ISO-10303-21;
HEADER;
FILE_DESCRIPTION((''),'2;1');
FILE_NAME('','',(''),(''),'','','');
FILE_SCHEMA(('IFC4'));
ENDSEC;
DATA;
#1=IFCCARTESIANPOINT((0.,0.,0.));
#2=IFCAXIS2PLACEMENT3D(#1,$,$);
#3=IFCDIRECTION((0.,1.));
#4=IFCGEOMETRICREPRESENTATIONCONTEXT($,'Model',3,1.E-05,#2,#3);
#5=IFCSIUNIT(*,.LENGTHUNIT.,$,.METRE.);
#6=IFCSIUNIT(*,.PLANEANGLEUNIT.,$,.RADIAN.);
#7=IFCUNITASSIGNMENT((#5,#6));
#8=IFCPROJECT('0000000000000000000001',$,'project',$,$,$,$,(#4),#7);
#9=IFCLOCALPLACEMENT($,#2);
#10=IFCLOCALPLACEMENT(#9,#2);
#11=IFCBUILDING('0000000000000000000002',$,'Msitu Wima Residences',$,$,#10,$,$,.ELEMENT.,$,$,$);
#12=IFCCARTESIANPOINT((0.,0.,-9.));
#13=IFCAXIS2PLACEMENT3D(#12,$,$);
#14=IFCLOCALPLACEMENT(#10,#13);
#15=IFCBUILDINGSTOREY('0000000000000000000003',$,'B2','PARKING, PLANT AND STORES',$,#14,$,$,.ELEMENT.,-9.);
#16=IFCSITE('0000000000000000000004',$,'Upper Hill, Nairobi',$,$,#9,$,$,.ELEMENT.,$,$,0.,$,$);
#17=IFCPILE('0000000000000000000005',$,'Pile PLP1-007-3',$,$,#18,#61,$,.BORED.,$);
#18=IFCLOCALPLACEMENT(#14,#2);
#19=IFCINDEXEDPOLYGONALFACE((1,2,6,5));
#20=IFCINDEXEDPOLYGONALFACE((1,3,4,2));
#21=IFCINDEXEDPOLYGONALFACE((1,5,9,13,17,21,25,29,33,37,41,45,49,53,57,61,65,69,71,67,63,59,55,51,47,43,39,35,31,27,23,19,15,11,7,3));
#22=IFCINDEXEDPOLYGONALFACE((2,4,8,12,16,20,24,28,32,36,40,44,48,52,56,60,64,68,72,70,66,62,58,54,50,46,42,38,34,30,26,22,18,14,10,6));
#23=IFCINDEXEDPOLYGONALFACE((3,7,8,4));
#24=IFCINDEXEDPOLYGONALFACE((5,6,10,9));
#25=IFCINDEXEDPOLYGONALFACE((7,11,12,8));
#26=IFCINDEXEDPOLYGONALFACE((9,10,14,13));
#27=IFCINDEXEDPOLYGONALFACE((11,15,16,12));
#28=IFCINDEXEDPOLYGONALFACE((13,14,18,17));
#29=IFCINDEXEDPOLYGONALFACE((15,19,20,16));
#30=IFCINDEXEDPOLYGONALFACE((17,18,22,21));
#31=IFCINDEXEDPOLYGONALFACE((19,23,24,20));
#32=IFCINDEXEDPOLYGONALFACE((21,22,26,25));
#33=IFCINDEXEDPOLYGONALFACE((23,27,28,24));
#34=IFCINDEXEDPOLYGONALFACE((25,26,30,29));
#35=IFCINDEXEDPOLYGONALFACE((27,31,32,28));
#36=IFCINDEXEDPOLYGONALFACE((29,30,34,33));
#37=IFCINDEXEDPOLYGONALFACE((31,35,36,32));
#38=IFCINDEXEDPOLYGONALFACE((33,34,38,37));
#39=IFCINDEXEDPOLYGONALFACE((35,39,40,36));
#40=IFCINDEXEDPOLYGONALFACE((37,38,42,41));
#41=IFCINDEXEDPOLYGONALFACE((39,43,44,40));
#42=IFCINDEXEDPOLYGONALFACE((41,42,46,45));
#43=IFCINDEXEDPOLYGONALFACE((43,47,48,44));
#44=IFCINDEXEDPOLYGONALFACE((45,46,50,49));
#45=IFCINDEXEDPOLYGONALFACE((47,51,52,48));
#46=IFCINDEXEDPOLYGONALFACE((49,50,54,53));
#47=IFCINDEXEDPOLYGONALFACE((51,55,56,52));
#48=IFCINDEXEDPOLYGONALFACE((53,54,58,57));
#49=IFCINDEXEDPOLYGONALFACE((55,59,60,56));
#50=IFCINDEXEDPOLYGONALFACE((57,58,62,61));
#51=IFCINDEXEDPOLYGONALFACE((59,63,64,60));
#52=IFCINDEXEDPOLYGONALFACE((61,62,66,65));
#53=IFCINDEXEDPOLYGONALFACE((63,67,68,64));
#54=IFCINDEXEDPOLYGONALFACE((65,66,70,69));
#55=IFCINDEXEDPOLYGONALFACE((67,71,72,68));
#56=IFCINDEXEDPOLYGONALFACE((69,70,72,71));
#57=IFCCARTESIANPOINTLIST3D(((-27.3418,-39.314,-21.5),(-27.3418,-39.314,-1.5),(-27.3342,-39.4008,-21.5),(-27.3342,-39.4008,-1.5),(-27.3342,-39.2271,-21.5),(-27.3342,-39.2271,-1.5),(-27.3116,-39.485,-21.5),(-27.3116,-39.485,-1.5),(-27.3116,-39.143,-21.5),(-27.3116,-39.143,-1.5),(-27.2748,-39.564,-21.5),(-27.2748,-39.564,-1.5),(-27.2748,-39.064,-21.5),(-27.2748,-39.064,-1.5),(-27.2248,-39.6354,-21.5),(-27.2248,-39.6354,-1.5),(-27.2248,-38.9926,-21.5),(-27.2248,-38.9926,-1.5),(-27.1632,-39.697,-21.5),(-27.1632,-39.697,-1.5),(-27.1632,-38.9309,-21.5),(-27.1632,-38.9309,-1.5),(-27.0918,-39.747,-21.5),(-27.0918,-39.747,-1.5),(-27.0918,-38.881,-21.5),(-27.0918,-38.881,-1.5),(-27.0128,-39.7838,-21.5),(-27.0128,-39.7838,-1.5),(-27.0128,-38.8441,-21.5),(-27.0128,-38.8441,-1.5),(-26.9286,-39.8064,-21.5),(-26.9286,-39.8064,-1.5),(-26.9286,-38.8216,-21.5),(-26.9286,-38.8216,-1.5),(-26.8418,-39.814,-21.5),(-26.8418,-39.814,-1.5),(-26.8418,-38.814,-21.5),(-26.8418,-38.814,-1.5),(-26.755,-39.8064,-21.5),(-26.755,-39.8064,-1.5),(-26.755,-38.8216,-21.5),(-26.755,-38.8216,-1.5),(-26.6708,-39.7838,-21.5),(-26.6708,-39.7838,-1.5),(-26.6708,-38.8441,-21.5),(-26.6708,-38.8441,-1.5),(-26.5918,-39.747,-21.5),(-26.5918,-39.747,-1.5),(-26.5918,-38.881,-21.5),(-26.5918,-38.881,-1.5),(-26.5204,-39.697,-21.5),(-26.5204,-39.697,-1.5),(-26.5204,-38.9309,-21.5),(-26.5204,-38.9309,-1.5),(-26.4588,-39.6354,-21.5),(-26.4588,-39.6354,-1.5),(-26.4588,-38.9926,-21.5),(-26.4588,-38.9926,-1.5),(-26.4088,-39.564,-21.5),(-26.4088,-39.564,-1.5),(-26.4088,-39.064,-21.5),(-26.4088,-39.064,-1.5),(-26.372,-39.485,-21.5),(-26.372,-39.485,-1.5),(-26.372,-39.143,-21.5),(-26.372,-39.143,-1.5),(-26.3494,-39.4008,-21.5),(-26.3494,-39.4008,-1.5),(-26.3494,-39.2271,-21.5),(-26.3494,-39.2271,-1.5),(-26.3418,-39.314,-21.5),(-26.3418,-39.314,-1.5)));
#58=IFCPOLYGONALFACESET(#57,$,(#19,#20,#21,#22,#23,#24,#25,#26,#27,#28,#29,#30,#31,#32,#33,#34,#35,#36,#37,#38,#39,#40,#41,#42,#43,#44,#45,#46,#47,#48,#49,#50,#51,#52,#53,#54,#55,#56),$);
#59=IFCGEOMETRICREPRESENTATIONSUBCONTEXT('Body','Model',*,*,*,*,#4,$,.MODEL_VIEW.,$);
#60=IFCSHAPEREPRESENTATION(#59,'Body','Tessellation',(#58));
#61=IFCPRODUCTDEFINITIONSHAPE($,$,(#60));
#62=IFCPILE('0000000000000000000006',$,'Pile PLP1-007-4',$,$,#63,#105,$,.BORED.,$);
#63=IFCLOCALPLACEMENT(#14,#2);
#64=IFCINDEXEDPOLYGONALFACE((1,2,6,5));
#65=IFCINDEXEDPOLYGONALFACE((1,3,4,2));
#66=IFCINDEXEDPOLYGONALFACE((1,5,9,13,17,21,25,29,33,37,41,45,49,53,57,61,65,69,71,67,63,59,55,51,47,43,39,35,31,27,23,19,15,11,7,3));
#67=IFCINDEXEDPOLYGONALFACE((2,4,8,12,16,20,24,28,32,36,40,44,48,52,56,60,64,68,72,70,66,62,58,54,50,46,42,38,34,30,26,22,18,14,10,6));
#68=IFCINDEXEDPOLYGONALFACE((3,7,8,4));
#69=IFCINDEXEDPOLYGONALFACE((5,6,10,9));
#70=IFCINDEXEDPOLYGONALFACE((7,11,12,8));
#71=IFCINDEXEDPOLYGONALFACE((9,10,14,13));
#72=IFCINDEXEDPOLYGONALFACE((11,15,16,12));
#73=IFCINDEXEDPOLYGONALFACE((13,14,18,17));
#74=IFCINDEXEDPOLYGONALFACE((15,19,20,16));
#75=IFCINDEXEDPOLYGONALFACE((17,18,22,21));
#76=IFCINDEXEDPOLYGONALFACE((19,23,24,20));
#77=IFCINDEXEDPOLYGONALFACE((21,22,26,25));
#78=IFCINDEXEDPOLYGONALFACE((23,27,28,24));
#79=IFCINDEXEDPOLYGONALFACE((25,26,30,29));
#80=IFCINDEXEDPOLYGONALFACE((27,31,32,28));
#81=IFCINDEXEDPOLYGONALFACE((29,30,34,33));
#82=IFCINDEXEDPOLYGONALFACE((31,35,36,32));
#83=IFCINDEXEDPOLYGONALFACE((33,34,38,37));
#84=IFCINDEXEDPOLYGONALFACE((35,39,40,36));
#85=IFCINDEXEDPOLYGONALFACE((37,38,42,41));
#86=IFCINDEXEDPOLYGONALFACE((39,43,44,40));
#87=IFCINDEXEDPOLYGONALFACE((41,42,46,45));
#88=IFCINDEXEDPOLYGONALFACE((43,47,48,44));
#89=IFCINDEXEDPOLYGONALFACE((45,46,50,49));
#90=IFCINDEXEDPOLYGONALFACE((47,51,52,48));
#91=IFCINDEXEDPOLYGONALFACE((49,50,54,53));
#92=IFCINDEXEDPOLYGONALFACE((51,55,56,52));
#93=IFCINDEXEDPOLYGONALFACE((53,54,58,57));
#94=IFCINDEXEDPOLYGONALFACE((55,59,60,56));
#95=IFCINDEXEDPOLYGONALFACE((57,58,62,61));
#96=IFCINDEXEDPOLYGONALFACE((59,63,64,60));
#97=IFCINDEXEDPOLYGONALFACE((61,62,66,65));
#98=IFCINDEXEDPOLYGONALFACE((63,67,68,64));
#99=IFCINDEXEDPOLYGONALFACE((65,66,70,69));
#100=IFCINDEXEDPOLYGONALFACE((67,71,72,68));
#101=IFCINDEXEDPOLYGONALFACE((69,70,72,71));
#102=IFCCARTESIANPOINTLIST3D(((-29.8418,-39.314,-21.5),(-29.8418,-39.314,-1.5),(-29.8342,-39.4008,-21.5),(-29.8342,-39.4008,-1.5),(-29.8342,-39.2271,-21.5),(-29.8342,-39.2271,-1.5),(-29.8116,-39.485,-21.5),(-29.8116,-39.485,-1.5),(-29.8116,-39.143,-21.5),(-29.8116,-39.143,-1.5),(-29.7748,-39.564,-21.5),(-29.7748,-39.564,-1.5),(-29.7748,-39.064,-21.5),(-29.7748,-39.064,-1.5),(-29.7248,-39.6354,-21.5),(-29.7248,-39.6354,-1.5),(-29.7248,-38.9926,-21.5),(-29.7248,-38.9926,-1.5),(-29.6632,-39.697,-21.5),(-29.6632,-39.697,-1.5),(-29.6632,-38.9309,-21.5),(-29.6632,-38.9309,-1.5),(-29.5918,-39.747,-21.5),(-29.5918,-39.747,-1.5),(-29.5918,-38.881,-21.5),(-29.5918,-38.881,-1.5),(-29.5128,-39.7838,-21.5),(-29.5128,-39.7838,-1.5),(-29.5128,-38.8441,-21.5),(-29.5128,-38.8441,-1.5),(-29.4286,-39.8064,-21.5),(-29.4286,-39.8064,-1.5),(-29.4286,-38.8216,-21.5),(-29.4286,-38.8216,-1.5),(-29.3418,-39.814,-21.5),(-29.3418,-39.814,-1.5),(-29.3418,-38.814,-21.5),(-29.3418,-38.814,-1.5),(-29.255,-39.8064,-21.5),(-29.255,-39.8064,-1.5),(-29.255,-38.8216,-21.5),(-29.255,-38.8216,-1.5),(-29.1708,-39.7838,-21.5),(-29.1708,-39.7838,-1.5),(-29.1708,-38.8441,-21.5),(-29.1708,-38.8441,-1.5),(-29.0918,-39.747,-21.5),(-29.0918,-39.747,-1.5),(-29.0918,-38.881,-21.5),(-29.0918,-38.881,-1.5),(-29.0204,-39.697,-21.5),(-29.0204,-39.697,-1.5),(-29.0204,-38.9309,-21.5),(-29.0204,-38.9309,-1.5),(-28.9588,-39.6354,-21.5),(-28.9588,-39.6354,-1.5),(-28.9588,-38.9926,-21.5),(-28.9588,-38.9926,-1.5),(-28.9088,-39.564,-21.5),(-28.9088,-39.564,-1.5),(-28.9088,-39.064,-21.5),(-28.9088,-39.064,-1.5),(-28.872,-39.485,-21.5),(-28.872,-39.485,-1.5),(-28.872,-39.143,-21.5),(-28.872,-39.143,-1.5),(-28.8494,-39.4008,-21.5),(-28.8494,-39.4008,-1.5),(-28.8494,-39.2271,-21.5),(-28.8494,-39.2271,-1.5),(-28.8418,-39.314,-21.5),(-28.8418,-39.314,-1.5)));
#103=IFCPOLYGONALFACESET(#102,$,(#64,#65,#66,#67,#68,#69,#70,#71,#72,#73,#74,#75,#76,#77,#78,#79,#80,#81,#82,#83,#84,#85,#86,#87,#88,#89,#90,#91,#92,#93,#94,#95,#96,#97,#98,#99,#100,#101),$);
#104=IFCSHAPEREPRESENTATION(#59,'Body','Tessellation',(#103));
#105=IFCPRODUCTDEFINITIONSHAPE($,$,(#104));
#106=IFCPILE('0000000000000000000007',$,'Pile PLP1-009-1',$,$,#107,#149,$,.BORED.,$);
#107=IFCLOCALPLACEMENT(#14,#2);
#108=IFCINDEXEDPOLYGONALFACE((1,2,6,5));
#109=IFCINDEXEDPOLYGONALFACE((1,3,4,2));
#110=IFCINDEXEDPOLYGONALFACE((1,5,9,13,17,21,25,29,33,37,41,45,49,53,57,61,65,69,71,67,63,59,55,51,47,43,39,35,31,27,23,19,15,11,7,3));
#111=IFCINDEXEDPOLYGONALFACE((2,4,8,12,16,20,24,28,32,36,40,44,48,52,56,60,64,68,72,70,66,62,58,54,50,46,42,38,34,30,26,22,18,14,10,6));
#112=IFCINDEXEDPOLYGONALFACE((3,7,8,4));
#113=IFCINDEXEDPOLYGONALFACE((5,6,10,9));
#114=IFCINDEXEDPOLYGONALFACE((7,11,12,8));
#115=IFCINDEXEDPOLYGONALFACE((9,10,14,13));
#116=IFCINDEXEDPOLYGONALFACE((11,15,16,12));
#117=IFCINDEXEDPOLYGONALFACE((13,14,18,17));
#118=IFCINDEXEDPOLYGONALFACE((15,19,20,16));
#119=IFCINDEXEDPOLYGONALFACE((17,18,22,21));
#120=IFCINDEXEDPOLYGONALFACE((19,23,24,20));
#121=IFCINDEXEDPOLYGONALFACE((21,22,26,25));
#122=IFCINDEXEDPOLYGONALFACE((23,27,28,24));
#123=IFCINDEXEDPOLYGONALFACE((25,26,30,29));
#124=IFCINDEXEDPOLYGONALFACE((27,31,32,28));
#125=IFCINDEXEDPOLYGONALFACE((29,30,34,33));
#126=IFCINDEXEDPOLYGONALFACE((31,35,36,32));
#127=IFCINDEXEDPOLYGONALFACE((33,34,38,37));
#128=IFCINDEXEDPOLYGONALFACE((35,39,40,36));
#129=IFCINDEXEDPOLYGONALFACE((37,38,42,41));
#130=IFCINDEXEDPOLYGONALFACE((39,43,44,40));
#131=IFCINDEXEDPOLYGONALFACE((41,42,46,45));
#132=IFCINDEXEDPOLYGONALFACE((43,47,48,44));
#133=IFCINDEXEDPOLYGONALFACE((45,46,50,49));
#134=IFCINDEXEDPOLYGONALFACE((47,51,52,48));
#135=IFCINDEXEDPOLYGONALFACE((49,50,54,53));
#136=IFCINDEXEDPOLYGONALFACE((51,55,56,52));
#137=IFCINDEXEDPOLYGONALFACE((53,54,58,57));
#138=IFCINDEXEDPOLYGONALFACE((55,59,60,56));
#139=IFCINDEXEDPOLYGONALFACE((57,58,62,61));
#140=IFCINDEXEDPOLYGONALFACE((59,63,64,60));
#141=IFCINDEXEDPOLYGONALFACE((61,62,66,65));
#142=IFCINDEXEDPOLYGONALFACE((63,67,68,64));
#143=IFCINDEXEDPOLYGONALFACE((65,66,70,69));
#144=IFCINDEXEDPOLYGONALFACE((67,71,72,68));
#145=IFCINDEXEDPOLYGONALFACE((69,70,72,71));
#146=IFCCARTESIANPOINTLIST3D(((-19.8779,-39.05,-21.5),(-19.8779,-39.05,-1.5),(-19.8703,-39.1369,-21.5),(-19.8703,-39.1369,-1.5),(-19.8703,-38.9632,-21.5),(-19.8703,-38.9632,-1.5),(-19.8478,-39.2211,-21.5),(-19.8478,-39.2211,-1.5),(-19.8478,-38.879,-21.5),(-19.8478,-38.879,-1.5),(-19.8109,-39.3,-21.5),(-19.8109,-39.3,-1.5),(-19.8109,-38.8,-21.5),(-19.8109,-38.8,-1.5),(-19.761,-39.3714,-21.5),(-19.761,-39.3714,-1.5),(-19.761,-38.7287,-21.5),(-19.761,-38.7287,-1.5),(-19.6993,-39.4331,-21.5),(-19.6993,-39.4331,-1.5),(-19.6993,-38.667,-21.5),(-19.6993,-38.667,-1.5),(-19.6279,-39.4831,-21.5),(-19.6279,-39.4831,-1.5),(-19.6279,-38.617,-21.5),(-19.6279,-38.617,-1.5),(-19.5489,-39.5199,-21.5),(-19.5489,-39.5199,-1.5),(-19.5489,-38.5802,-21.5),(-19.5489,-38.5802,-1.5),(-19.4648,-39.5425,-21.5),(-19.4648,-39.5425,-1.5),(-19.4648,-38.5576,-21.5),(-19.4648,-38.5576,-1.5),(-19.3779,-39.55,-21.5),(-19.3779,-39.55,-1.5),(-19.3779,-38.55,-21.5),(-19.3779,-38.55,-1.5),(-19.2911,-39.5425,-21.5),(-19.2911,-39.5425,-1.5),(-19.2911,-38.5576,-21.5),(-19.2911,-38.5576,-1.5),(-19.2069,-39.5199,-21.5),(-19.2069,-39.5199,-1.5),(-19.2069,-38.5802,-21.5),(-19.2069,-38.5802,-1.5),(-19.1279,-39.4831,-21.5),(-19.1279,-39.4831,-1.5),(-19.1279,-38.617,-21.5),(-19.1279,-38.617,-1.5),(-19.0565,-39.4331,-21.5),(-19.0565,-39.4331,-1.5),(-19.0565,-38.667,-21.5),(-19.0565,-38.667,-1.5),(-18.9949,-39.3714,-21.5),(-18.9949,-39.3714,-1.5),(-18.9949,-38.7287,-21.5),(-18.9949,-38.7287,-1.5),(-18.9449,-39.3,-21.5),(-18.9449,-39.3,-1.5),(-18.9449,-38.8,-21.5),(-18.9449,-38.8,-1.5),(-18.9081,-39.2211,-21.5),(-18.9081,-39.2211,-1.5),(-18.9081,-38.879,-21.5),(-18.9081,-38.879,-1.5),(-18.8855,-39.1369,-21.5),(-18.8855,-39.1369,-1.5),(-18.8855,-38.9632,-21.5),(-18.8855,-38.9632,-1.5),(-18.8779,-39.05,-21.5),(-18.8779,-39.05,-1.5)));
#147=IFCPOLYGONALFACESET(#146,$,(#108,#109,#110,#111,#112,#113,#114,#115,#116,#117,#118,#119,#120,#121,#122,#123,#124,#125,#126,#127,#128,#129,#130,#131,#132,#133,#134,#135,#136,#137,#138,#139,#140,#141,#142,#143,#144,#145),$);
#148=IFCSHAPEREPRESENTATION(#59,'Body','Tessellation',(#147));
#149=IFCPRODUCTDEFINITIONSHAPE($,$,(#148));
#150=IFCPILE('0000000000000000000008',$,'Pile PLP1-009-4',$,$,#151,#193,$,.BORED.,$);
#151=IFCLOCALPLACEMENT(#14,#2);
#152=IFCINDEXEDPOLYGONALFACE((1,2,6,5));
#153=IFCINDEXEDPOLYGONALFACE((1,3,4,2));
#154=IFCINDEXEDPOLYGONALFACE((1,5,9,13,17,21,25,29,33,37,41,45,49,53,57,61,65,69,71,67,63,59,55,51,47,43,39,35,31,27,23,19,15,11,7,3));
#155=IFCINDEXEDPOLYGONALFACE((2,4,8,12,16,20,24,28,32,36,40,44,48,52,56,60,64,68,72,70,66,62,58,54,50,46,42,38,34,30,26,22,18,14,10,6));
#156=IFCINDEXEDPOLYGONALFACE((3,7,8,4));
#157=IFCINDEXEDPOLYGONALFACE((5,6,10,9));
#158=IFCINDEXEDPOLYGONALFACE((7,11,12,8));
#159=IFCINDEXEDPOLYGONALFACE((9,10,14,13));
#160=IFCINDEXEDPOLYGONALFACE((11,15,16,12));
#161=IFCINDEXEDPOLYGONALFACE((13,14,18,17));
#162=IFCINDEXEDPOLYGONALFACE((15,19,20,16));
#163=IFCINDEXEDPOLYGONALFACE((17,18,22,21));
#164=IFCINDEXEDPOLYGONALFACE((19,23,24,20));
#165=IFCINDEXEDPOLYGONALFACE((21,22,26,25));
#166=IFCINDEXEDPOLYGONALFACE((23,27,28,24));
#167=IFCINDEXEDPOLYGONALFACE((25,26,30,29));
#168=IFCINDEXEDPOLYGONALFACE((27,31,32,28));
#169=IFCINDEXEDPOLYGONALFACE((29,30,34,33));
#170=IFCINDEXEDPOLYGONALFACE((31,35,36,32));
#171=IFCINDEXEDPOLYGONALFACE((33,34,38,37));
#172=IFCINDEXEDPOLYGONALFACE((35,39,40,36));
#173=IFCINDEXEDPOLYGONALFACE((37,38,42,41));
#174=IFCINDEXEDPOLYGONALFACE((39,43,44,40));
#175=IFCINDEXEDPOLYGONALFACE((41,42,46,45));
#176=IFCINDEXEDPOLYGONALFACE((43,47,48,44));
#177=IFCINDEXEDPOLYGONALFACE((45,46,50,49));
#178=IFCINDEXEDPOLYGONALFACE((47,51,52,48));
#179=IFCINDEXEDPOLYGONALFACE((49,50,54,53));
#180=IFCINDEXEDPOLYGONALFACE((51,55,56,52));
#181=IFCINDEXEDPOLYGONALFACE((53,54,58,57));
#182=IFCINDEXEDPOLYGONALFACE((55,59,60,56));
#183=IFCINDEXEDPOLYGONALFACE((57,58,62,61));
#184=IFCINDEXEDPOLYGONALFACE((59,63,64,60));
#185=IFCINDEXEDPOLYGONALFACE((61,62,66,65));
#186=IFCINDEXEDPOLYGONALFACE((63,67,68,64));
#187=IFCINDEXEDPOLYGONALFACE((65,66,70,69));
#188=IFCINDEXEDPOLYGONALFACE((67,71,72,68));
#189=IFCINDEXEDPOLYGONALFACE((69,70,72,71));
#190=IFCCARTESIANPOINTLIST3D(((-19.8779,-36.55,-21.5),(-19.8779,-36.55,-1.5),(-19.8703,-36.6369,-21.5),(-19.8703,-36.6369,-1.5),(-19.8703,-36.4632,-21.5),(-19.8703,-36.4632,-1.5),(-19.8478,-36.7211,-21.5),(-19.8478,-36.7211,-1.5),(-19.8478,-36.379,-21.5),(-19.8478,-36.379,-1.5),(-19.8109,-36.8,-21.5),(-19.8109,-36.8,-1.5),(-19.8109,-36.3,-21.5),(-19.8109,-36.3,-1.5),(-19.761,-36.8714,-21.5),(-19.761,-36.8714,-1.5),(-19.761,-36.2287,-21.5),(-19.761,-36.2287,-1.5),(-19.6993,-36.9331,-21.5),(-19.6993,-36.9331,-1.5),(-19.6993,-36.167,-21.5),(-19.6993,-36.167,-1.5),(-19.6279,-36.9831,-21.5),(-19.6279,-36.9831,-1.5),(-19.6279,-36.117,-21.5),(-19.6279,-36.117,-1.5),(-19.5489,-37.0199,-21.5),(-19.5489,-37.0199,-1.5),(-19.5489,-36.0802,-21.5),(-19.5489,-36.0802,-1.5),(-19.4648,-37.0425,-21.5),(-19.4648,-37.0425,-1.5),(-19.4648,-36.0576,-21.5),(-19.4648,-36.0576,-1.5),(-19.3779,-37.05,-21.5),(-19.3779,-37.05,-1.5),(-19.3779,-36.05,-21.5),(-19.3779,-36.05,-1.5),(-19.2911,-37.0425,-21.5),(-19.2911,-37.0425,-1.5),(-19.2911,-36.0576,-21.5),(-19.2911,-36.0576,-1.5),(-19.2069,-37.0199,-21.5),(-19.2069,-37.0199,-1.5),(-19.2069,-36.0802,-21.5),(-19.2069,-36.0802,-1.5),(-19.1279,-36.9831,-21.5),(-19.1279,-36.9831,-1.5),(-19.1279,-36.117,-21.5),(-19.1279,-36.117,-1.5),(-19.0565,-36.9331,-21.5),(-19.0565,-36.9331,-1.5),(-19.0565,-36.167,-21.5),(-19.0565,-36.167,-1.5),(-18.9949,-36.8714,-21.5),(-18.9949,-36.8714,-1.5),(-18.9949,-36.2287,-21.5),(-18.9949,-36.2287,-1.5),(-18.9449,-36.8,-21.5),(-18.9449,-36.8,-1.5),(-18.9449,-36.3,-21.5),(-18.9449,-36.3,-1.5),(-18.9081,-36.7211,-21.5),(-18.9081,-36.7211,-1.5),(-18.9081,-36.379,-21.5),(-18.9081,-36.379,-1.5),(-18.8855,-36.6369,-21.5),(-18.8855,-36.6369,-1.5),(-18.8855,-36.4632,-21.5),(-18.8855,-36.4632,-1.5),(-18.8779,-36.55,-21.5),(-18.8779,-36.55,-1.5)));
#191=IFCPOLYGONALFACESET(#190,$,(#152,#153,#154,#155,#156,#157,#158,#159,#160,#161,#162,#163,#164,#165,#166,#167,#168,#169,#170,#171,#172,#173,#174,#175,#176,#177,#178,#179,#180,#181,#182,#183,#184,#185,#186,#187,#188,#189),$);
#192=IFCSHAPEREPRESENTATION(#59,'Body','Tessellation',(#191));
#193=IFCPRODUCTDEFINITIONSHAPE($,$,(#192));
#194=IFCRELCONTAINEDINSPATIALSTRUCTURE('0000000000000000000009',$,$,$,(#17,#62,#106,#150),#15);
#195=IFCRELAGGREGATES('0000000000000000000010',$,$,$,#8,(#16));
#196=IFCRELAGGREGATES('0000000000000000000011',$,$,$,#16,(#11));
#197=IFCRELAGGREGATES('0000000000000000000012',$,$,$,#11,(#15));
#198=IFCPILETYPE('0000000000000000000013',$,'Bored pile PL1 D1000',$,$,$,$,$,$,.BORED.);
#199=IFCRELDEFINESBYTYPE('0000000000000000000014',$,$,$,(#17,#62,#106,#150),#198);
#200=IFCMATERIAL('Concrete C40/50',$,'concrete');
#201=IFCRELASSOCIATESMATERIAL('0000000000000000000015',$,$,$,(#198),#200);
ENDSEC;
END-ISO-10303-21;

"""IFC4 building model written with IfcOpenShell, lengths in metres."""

from ifc_helpers import new_model, si_unit, direction, frame, origin, origin_2d, place, context, subcontext, project, spatial, circle, extrude, material, type_object, element, save


model = new_model("IFC4")

# Units and contexts
model_context = context("Model", 3, precision=1e-05, world=origin(), true_north=direction((0.0, 1.0)))
body_context = subcontext(model_context, "Body", "Model", "MODEL_VIEW")
ifc_project = project(units=[si_unit("LENGTHUNIT", "METRE"), si_unit("PLANEANGLEUNIT", "RADIAN")], contexts=[model_context])

# Site, building, storey
site_placement = place(None, origin())
site = spatial("IfcSite", under=ifc_project, at=site_placement, Name="Upper Hill, Nairobi", CompositionType="ELEMENT", RefElevation=0.0)
building_placement = place(site_placement, origin())
building = spatial("IfcBuilding", under=site, at=building_placement, Name="Msitu Wima Residences", CompositionType="ELEMENT")
storey_placement = place(building_placement, frame((0.0, 0.0, -9.0)))
storey = spatial("IfcBuildingStorey", under=building, at=storey_placement, Name="B2", Description="PARKING, PLANT AND STORES", CompositionType="ELEMENT", Elevation=-9.0)

# Piles
ifc_material_1 = material(Name="Concrete C40/50", Category="concrete")
pile_type_1 = type_object("IfcPileType", Name="Bored pile PL1 D1000", PredefinedType="BORED", material=ifc_material_1)
for number, where, z_axis, x_axis, name in (
    (1, (-26.8418, -39.314, -1.5), (0.0, 0.0, -1.0), (1.0, 0.0, 0.0), "Pile PLP1-007-3"),
    (2, (-29.3418, -39.314, -1.5), (0.0, 0.0, -1.0), (1.0, 0.0, 0.0), "Pile PLP1-007-4"),
    (3, (-19.3779, -39.05, -1.5), (0.0, 0.0, -1.0), (1.0, 0.0, 0.0), "Pile PLP1-009-1"),
    (4, (-19.3779, -36.55, -1.5), (0.0, 0.0, -1.0), (1.0, 0.0, 0.0), "Pile PLP1-009-4"),
):
    element("IfcPile", number, at=place(storey_placement, frame(where, z_axis=z_axis, x_axis=x_axis)), inside=storey, type_object=pile_type_1, Name=name, PredefinedType="BORED", context=body_context, shape_type="SweptSolid", body=[
        extrude(circle(Radius=0.5, at=origin_2d()), origin(), (0.0, 0.0, 1.0), 20.0),
    ])

save(model, "model.ifc")
